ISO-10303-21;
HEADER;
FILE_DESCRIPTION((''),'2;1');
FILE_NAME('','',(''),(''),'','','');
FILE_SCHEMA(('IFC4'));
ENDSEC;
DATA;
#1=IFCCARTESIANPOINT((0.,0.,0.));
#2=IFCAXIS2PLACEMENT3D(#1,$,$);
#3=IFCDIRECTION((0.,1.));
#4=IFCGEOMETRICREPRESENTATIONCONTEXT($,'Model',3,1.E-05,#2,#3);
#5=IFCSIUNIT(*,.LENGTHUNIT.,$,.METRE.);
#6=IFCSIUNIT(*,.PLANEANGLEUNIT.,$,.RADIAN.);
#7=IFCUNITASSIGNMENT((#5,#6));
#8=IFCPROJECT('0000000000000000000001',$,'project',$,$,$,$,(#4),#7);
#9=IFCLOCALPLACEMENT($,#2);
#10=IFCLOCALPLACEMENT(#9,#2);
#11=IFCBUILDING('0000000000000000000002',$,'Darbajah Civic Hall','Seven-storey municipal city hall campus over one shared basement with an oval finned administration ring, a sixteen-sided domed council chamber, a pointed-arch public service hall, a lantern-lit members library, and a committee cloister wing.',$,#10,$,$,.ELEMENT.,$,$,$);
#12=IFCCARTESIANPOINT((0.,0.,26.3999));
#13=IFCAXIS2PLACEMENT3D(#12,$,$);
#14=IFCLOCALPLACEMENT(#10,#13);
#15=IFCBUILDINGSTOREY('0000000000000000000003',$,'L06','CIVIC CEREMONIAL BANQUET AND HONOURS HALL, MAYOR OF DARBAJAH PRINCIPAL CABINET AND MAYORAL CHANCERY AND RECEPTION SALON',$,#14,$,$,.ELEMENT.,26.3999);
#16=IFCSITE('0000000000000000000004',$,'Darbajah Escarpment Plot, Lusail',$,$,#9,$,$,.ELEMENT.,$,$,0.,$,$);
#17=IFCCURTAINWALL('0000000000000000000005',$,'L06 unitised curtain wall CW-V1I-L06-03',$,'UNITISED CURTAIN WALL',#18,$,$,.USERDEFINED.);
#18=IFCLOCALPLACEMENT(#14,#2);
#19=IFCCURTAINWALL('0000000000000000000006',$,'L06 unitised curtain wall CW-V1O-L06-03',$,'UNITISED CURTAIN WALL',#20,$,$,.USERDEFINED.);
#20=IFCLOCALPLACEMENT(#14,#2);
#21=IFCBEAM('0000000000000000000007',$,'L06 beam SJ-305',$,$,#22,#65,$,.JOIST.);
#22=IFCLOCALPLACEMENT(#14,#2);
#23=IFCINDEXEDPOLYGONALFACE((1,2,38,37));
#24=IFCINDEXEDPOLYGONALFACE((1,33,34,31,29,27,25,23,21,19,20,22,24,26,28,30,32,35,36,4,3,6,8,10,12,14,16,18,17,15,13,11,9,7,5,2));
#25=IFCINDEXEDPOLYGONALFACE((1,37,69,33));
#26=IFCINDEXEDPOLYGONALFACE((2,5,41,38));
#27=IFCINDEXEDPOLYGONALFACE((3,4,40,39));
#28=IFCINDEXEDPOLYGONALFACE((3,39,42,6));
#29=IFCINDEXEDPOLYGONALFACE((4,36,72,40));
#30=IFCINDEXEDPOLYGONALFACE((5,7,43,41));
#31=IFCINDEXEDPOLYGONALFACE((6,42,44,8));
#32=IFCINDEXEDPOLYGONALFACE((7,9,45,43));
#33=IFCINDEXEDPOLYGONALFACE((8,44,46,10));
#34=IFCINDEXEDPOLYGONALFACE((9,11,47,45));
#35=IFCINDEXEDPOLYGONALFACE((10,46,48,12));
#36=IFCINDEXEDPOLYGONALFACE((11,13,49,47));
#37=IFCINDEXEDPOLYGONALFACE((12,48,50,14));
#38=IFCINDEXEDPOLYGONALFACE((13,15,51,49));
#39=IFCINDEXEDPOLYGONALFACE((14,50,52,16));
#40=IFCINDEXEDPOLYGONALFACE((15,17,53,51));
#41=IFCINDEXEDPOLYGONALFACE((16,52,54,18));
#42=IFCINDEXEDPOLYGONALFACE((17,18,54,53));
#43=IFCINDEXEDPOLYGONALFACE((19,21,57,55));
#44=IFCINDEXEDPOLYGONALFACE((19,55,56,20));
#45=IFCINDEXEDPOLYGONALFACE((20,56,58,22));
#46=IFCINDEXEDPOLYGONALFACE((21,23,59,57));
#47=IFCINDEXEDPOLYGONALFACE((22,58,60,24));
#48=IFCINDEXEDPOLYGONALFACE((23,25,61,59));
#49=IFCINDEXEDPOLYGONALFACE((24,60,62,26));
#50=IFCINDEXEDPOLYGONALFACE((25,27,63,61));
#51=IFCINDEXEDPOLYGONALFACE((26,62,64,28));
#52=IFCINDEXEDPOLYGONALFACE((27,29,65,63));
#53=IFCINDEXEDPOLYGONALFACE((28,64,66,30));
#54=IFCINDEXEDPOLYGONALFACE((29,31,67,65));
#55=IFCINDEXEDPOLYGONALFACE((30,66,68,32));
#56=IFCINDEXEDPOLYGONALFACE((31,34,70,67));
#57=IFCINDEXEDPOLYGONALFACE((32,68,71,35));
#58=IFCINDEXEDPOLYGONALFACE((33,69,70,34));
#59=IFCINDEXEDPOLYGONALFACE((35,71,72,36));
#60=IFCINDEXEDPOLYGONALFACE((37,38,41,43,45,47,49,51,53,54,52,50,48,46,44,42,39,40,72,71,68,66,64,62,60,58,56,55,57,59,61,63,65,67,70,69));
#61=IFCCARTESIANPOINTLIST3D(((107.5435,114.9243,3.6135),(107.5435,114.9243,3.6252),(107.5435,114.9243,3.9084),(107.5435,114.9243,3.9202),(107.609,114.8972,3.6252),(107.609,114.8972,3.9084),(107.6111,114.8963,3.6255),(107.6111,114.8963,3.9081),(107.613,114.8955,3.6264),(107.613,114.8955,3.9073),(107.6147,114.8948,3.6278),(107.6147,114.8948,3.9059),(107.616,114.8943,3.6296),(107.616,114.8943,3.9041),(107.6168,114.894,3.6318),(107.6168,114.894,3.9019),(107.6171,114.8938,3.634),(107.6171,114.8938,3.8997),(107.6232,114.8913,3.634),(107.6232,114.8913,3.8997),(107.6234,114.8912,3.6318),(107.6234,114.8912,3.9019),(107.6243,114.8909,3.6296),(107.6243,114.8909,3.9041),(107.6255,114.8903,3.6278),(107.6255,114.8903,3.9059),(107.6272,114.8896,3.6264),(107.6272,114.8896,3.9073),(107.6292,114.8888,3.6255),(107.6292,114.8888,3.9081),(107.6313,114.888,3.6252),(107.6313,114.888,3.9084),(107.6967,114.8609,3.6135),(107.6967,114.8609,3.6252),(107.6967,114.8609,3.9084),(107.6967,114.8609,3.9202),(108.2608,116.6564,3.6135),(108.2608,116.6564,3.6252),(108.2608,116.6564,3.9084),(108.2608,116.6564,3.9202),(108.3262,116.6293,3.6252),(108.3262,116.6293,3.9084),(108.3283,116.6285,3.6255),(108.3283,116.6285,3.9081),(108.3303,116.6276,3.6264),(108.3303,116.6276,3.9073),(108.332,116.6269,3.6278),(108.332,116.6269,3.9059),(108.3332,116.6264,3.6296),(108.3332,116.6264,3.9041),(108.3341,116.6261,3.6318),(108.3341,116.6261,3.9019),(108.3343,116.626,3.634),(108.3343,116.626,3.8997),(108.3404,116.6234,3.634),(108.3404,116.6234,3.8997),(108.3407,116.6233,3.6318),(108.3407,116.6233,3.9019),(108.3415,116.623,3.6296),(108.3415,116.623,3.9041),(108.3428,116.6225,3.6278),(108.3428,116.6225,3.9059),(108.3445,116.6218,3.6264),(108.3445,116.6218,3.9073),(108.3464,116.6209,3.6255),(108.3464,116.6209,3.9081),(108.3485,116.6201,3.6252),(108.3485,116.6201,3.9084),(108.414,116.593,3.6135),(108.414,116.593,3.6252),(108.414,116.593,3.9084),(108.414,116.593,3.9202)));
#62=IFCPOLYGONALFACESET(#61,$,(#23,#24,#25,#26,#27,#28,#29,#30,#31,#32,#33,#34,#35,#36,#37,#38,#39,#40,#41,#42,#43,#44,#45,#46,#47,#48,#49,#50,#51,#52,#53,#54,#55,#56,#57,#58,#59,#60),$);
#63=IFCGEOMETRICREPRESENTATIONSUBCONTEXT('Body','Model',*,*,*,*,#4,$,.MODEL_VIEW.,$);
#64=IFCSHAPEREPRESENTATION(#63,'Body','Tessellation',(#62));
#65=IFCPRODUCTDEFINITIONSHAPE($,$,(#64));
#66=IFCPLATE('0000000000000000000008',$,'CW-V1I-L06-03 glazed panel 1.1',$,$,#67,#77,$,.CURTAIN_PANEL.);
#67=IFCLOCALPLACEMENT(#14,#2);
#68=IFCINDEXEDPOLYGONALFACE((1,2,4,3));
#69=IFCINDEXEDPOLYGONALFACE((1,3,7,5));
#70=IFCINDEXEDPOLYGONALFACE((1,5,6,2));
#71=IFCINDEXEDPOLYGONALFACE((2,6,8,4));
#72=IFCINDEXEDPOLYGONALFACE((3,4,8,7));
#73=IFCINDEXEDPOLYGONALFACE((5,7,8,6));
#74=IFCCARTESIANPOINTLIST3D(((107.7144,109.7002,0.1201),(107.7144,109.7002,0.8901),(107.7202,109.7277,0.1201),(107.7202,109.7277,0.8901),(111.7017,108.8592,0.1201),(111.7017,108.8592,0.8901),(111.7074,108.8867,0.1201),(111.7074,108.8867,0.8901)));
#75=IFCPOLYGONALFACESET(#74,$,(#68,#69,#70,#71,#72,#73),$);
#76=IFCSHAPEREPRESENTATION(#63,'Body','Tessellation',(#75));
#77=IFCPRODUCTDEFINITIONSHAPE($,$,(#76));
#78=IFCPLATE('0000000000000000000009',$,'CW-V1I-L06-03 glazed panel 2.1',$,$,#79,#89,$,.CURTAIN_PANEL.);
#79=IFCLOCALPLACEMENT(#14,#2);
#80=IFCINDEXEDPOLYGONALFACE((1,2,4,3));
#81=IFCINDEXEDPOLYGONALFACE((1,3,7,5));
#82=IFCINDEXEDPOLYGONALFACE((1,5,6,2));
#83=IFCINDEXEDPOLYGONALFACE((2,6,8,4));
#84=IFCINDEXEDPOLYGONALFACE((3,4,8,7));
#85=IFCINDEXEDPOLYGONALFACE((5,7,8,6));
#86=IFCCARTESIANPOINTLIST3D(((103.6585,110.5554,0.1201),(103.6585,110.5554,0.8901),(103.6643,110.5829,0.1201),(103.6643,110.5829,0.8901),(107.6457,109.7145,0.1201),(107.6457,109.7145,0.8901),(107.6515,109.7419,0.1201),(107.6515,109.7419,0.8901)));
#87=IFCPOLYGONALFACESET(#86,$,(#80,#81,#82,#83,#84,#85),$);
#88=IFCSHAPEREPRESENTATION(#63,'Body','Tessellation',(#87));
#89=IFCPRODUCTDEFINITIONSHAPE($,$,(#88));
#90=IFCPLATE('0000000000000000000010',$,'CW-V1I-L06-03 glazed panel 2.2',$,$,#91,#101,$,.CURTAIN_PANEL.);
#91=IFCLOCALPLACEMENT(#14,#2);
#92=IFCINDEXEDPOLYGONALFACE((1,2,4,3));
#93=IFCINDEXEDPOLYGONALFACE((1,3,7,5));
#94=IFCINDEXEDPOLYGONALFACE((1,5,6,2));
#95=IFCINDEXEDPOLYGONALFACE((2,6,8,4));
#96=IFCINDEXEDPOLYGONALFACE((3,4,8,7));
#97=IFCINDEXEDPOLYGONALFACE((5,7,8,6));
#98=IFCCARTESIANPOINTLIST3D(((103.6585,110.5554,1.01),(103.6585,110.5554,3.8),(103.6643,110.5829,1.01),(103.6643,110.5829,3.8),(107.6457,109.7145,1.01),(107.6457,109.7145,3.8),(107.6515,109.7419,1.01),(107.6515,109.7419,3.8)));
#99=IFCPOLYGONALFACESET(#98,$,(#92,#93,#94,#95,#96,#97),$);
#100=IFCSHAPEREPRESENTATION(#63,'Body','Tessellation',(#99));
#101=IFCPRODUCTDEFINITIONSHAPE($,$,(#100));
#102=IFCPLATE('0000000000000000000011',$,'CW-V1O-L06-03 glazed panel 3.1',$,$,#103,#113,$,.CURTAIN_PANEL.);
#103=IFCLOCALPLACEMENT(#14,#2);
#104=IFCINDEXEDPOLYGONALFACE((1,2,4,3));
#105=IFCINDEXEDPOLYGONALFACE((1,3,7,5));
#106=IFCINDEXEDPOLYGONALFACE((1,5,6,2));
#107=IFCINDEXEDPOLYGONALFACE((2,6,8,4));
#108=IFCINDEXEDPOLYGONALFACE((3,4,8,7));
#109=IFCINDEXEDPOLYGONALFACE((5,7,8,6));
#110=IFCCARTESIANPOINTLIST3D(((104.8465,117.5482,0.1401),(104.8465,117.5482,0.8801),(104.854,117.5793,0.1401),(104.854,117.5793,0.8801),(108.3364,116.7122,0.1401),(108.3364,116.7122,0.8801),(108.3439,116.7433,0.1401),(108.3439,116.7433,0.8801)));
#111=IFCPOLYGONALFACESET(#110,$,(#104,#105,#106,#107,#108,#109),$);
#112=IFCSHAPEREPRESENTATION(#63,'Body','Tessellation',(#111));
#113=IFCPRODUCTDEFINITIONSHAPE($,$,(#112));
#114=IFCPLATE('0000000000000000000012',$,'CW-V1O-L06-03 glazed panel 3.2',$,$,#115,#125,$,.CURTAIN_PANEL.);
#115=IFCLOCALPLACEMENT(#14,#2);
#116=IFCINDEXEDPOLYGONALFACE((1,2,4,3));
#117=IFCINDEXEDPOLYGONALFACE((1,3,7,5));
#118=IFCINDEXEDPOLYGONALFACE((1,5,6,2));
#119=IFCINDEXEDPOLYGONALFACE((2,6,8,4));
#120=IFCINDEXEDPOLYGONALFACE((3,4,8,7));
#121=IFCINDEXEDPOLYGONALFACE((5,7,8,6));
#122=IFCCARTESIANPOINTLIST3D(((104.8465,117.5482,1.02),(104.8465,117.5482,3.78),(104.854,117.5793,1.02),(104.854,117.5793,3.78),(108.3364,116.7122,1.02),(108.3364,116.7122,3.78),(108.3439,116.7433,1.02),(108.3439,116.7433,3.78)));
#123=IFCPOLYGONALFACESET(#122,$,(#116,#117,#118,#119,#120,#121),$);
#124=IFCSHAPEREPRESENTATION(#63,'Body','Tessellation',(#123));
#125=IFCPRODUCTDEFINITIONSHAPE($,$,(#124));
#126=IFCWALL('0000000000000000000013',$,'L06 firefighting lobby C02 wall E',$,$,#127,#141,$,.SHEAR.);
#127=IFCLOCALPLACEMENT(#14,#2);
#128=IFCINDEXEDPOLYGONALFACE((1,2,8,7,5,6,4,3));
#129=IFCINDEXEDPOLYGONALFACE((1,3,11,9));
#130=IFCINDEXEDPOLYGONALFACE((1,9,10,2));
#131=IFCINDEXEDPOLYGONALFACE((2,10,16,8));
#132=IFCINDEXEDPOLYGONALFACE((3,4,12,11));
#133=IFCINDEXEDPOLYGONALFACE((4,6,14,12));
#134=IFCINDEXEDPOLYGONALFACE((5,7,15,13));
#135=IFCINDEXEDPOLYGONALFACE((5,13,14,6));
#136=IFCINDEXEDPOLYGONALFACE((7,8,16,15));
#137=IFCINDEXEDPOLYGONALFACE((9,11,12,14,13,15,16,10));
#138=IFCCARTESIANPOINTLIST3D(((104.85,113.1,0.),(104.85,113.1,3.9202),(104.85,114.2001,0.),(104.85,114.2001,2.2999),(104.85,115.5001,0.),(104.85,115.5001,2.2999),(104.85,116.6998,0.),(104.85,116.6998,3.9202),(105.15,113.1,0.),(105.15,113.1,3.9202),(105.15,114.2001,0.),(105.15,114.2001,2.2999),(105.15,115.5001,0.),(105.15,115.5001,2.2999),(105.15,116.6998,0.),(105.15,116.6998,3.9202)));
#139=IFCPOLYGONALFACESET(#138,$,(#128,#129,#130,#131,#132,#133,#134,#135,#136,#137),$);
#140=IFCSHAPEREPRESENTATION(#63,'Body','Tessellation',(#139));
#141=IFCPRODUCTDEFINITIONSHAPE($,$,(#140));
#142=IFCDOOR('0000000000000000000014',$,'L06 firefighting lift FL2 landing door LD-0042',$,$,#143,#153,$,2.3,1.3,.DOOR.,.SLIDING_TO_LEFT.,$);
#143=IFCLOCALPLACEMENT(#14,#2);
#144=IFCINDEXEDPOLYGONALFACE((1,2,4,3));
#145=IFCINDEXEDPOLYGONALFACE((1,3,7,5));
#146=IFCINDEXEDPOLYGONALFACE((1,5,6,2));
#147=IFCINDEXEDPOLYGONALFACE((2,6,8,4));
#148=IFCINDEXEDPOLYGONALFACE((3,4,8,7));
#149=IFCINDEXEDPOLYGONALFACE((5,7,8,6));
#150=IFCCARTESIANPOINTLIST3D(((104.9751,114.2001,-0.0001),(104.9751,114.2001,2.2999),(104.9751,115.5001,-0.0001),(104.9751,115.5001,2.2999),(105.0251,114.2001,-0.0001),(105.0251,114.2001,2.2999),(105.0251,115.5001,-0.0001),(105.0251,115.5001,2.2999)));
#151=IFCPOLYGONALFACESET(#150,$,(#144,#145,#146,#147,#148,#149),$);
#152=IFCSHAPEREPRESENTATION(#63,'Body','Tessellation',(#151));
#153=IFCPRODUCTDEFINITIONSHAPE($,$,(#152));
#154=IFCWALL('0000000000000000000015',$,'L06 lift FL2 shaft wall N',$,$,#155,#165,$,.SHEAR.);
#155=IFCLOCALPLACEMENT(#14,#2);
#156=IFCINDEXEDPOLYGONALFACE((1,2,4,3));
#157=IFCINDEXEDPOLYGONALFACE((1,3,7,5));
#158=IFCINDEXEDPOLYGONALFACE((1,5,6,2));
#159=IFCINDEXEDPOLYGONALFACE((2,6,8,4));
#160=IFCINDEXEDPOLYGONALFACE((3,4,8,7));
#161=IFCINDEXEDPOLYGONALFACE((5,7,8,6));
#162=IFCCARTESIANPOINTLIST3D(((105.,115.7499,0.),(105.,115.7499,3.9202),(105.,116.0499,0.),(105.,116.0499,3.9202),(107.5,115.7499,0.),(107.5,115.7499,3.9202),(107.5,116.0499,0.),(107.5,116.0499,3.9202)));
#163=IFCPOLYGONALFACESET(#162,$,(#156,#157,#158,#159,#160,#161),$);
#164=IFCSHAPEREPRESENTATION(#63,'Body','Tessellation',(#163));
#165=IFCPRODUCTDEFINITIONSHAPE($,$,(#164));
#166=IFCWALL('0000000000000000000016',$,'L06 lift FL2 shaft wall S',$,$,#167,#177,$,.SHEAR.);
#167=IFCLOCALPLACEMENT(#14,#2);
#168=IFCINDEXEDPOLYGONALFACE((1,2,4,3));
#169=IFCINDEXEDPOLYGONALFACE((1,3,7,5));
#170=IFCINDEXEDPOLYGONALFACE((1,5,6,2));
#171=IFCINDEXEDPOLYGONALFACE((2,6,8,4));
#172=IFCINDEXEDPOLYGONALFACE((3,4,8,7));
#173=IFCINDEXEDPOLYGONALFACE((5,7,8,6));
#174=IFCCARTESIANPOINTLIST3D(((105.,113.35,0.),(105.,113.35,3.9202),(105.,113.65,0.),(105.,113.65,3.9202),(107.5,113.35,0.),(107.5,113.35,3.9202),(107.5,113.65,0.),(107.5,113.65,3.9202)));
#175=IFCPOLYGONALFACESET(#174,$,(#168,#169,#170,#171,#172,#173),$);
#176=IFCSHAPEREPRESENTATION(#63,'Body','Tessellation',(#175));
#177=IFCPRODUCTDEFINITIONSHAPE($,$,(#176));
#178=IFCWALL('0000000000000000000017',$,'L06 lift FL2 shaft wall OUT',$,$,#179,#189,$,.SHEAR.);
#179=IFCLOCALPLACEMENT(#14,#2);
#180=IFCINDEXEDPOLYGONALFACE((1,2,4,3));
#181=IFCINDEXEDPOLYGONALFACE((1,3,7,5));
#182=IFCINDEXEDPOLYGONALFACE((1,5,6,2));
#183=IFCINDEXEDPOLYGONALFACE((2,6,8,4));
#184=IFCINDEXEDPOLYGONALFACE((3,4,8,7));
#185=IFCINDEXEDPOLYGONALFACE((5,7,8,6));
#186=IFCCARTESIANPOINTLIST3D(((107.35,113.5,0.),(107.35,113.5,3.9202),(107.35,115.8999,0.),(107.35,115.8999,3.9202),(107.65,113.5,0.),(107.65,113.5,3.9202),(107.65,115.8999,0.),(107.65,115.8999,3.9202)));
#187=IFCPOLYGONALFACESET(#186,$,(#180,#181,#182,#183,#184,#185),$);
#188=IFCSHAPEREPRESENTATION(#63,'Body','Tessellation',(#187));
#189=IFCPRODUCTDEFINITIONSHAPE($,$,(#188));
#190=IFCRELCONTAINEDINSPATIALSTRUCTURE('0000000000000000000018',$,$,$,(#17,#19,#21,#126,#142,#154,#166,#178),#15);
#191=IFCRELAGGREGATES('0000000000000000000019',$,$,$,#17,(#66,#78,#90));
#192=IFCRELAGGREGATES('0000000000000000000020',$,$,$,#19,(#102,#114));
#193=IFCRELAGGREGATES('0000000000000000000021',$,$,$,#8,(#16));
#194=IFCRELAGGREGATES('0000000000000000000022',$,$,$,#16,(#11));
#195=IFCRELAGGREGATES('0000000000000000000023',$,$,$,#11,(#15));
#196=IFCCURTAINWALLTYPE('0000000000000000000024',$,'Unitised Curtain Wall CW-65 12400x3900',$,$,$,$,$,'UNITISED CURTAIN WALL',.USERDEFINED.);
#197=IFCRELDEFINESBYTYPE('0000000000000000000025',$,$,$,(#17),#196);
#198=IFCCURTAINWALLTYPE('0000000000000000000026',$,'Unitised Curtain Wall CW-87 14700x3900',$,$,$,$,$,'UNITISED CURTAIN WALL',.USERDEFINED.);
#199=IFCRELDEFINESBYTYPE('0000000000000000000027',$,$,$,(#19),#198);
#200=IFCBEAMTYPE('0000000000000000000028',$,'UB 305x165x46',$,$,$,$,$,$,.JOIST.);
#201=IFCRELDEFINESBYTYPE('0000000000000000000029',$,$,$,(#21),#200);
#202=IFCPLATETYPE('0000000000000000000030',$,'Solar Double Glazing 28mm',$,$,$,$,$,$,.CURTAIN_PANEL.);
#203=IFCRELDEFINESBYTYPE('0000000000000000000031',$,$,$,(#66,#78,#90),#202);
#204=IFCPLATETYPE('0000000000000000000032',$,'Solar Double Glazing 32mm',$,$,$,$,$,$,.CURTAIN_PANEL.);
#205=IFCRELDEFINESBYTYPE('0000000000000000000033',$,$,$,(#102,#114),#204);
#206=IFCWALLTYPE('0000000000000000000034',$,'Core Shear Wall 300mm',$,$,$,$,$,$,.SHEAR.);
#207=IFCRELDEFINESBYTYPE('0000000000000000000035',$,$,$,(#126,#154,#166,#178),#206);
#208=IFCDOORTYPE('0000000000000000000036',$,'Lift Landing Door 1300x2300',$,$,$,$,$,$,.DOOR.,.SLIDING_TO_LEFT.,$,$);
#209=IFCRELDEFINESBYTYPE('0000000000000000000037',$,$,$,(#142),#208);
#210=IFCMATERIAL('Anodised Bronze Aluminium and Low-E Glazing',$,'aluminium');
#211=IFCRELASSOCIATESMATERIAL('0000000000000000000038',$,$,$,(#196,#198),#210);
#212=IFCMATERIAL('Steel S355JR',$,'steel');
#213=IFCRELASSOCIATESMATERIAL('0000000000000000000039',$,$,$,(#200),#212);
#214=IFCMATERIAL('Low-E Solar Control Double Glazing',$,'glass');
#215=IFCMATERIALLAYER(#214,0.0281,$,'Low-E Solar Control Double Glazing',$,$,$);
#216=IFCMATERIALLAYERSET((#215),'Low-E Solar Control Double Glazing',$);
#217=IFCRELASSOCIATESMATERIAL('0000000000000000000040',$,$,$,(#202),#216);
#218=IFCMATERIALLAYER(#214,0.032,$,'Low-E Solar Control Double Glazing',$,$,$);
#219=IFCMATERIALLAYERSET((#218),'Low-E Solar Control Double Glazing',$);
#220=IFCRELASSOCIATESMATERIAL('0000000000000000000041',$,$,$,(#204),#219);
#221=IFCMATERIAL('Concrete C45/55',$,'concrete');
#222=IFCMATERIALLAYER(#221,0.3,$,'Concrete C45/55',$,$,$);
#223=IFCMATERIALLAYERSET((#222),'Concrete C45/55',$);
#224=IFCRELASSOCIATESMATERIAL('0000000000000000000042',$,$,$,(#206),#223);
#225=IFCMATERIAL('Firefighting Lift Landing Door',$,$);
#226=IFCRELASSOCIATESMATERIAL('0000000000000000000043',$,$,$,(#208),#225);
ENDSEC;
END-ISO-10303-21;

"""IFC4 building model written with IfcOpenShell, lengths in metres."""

from ifc_helpers import new_model, si_unit, direction, frame, frame_2d, origin, origin_2d, place, context, subcontext, project, spatial, rectangle, i_section, extrude, material, layer, layer_set, material_profile, profile_set, type_object, element, fill, aggregate, save


model = new_model("IFC4")

# Units and contexts
model_context = context("Model", 3, precision=1e-05, world=origin(), true_north=direction((0.0, 1.0)))
body_context = subcontext(model_context, "Body", "Model", "MODEL_VIEW")
ifc_project = project(units=[si_unit("LENGTHUNIT", "METRE"), si_unit("PLANEANGLEUNIT", "RADIAN")], contexts=[model_context])

# Site, building, storey
site_placement = place(None, origin())
site = spatial("IfcSite", under=ifc_project, at=site_placement, Name="Darbajah Escarpment Plot, Lusail", CompositionType="ELEMENT", RefElevation=0.0)
building_placement = place(site_placement, origin())
building = spatial("IfcBuilding", under=site, at=building_placement, Name="Darbajah Civic Hall", Description="Seven-storey municipal city hall campus over one shared basement with an oval finned administration ring, a sixteen-sided domed council chamber, a pointed-arch public service hall, a lantern-lit members library, and a committee cloister wing.", CompositionType="ELEMENT")
storey_placement = place(building_placement, frame((0.0, 0.0, 26.3999)))
storey = spatial("IfcBuildingStorey", under=building, at=storey_placement, Name="L06", Description="CIVIC CEREMONIAL BANQUET AND HONOURS HALL, MAYOR OF DARBAJAH PRINCIPAL CABINET AND MAYORAL CHANCERY AND RECEPTION SALON", CompositionType="ELEMENT", Elevation=26.3999)

# Curtain walls
ifc_material_1 = material(Name="Anodised Bronze Aluminium and Low-E Glazing", Category="aluminium")
curtain_wall_type_1 = type_object("IfcCurtainWallType", Name="Unitised Curtain Wall CW-65 12400x3900", ElementType="UNITISED CURTAIN WALL", PredefinedType="USERDEFINED", material=ifc_material_1)
curtain_wall_1_placement = place(storey_placement, origin())
curtain_wall_1 = element("IfcCurtainWall", 1, at=curtain_wall_1_placement, inside=storey, type_object=curtain_wall_type_1, Name="L06 unitised curtain wall CW-V1I-L06-03", ObjectType="UNITISED CURTAIN WALL", PredefinedType="USERDEFINED")
curtain_wall_type_2 = type_object("IfcCurtainWallType", Name="Unitised Curtain Wall CW-87 14700x3900", ElementType="UNITISED CURTAIN WALL", PredefinedType="USERDEFINED", material=ifc_material_1)
curtain_wall_2_placement = place(storey_placement, origin())
curtain_wall_2 = element("IfcCurtainWall", 2, at=curtain_wall_2_placement, inside=storey, type_object=curtain_wall_type_2, Name="L06 unitised curtain wall CW-V1O-L06-03", ObjectType="UNITISED CURTAIN WALL", PredefinedType="USERDEFINED")

# Beam
ifc_material_2 = material(Name="Steel S355JR", Category="steel")
ifc_material_profile_1 = material_profile(ifc_material_2, i_section(OverallWidth=0.1658, OverallDepth=0.3066, WebThickness=0.0066, FlangeThickness=0.0117, FilletRadius=0.0088, at=origin_2d()), Name="UB 305x165x46")
ifc_profile_set_1 = profile_set([ifc_material_profile_1], Name="Steel S355JR")
beam_type_1 = type_object("IfcBeamType", Name="UB 305x165x46", PredefinedType="JOIST", material=ifc_profile_set_1)
beam_1_placement = place(storey_placement, frame((107.6201, 114.8926, 3.7668), z_axis=(0.382589, 0.923918, 0.0), x_axis=(-0.923918, 0.382589, 0.0)))
element("IfcBeam", 3, at=beam_1_placement, inside=storey, type_object=beam_type_1, Name="L06 beam SJ-305", PredefinedType="JOIST", context=body_context, shape_type="SweptSolid", body=[
    extrude(i_section(OverallWidth=0.1658, OverallDepth=0.3066, WebThickness=0.0066, FlangeThickness=0.0117, FilletRadius=0.0088, at=origin_2d()), origin(), (0.0, 0.0, 1.0), 1.8748),
])

# Plates
ifc_material_3 = material(Name="Low-E Solar Control Double Glazing", Category="glass")
ifc_layer_1 = layer(ifc_material_3, 0.0281, Name="Low-E Solar Control Double Glazing")
ifc_layer_set_1 = layer_set([ifc_layer_1], Name="Low-E Solar Control Double Glazing")
plate_type_1 = type_object("IfcPlateType", Name="Solar Double Glazing 28mm", PredefinedType="CURTAIN_PANEL", material=ifc_layer_set_1)
plate_1_placement = place(storey_placement, frame((109.7109, 109.2935, 0.1201), z_axis=(0.0, 0.0, 1.0), x_axis=(-0.978473, 0.206375, 0.0)))
plate_1 = element("IfcPlate", 4, at=plate_1_placement, type_object=plate_type_1, Name="CW-V1I-L06-03 glazed panel 1.1", PredefinedType="CURTAIN_PANEL", context=body_context, shape_type="SweptSolid", body=[
    extrude(rectangle(XDim=4.075, YDim=0.0281, at=origin_2d()), origin(), (0.0, 0.0, 1.0), 0.77),
])
plate_2_placement = place(storey_placement, frame((105.655, 110.1487, 0.1201), z_axis=(0.0, 0.0, 1.0), x_axis=(-0.978473, 0.206375, 0.0)))
plate_2 = element("IfcPlate", 5, at=plate_2_placement, type_object=plate_type_1, Name="CW-V1I-L06-03 glazed panel 2.1", PredefinedType="CURTAIN_PANEL", context=body_context, shape_type="SweptSolid", body=[
    extrude(rectangle(XDim=4.075, YDim=0.0281, at=origin_2d()), origin(), (0.0, 0.0, 1.0), 0.77),
])
plate_3_placement = place(storey_placement, frame((105.655, 110.1487, 1.01), z_axis=(0.0, 0.0, 1.0), x_axis=(-0.978473, 0.206375, 0.0)))
plate_3 = element("IfcPlate", 6, at=plate_3_placement, type_object=plate_type_1, Name="CW-V1I-L06-03 glazed panel 2.2", PredefinedType="CURTAIN_PANEL", context=body_context, shape_type="SweptSolid", body=[
    extrude(rectangle(XDim=4.075, YDim=0.0281, at=origin_2d()), origin(), (0.0, 0.0, 1.0), 2.79),
])
aggregate(curtain_wall_1, [plate_1, plate_2, plate_3])
ifc_layer_2 = layer(ifc_material_3, 0.032, Name="Low-E Solar Control Double Glazing")
ifc_layer_set_2 = layer_set([ifc_layer_2], Name="Low-E Solar Control Double Glazing")
plate_type_2 = type_object("IfcPlateType", Name="Solar Double Glazing 32mm", PredefinedType="CURTAIN_PANEL", material=ifc_layer_set_2)
plate_4_placement = place(storey_placement, frame((106.5952, 117.1458, 0.1401), z_axis=(0.0, 0.0, 1.0), x_axis=(-0.972492, 0.232936, 0.0)))
plate_4 = element("IfcPlate", 7, at=plate_4_placement, type_object=plate_type_2, Name="CW-V1O-L06-03 glazed panel 3.1", PredefinedType="CURTAIN_PANEL", context=body_context, shape_type="SweptSolid", body=[
    extrude(rectangle(XDim=3.5886, YDim=0.032, at=origin_2d()), origin(), (0.0, 0.0, 1.0), 0.74),
])
plate_5_placement = place(storey_placement, frame((106.5952, 117.1458, 1.02), z_axis=(0.0, 0.0, 1.0), x_axis=(-0.972492, 0.232936, 0.0)))
plate_5 = element("IfcPlate", 8, at=plate_5_placement, type_object=plate_type_2, Name="CW-V1O-L06-03 glazed panel 3.2", PredefinedType="CURTAIN_PANEL", context=body_context, shape_type="SweptSolid", body=[
    extrude(rectangle(XDim=3.5886, YDim=0.032, at=origin_2d()), origin(), (0.0, 0.0, 1.0), 2.76),
])
aggregate(curtain_wall_2, [plate_4, plate_5])

# Wall, opening, door
ifc_material_4 = material(Name="Concrete C45/55", Category="concrete")
ifc_layer_3 = layer(ifc_material_4, 0.3, Name="Concrete C45/55")
ifc_layer_set_3 = layer_set([ifc_layer_3], Name="Concrete C45/55")
wall_type_1 = type_object("IfcWallType", Name="Core Shear Wall 300mm", PredefinedType="SHEAR", material=ifc_layer_set_3)
wall_1_placement = place(storey_placement, frame((105.0, 113.1001, 0.0), z_axis=(0.0, 0.0, 1.0), x_axis=(0.0, 1.0, 0.0)))
wall_1 = element("IfcWall", 9, at=wall_1_placement, inside=storey, type_object=wall_type_1, Name="L06 firefighting lobby C02 wall E", PredefinedType="SHEAR", context=body_context, shape_type="SweptSolid", body=[
    extrude(rectangle(XDim=3.5999, YDim=0.3, at=frame_2d((1.7998, 0.0))), origin(), (0.0, 0.0, 1.0), 3.9202),
])
opening_placement = place(wall_1_placement, frame((1.1001, 0.0, 0.0)))
opening = element("IfcOpeningElement", 10, at=opening_placement, cuts=wall_1, PredefinedType="OPENING", context=body_context, shape_type="SweptSolid", body=[
    extrude(rectangle(XDim=1.3, YDim=2.3, at=frame_2d((0.6499, 1.1499))), frame((0.0, 0.1599, 0.0), z_axis=(0.0, -1.0, 0.0), x_axis=(1.0, 0.0, 0.0)), (0.0, 0.0, 1.0), 0.3201),
])
ifc_material_5 = material(Name="Firefighting Lift Landing Door")
door_type = type_object("IfcDoorType", Name="Lift Landing Door 1300x2300", OperationType="SLIDING_TO_LEFT", PredefinedType="DOOR", material=ifc_material_5)
door_placement = place(opening_placement, origin())
door = element("IfcDoor", 11, at=door_placement, inside=storey, type_object=door_type, Name="L06 firefighting lift FL2 landing door LD-0042", OperationType="SLIDING_TO_LEFT", OverallHeight=2.3, OverallWidth=1.3, PredefinedType="DOOR", context=body_context, shape_type="SweptSolid", body=[
    extrude(rectangle(XDim=1.3, YDim=2.3, at=frame_2d((0.6499, 1.1499))), frame((0.0, 0.0249, 0.0), z_axis=(0.0, -1.0, 0.0), x_axis=(1.0, 0.0, 0.0)), (0.0, 0.0, 1.0), 0.05),
])
fill(opening, door)

# Walls
for number, where, z_axis, x_axis, name in (
    (12, (107.5, 115.8999, 0.0), (0.0, 0.0, 1.0), (-1.0, 0.0, 0.0), "L06 lift FL2 shaft wall N"),
    (13, (105.0, 113.5, 0.0), (0.0, 0.0, 1.0), (1.0, 0.0, 0.0), "L06 lift FL2 shaft wall S"),
):
    element("IfcWall", number, at=place(storey_placement, frame(where, z_axis=z_axis, x_axis=x_axis)), inside=storey, type_object=wall_type_1, Name=name, PredefinedType="SHEAR", context=body_context, shape_type="SweptSolid", body=[
        extrude(rectangle(XDim=2.5, YDim=0.3, at=frame_2d((1.25, 0.0))), origin(), (0.0, 0.0, 1.0), 3.9202),
    ])
wall_2_placement = place(storey_placement, frame((107.5, 113.5, 0.0), z_axis=(0.0, 0.0, 1.0), x_axis=(0.0, 1.0, 0.0)))
element("IfcWall", 14, at=wall_2_placement, inside=storey, type_object=wall_type_1, Name="L06 lift FL2 shaft wall OUT", PredefinedType="SHEAR", context=body_context, shape_type="SweptSolid", body=[
    extrude(rectangle(XDim=2.3999, YDim=0.3, at=frame_2d((1.2, 0.0))), origin(), (0.0, 0.0, 1.0), 3.9202),
])

save(model, "model.ifc")
